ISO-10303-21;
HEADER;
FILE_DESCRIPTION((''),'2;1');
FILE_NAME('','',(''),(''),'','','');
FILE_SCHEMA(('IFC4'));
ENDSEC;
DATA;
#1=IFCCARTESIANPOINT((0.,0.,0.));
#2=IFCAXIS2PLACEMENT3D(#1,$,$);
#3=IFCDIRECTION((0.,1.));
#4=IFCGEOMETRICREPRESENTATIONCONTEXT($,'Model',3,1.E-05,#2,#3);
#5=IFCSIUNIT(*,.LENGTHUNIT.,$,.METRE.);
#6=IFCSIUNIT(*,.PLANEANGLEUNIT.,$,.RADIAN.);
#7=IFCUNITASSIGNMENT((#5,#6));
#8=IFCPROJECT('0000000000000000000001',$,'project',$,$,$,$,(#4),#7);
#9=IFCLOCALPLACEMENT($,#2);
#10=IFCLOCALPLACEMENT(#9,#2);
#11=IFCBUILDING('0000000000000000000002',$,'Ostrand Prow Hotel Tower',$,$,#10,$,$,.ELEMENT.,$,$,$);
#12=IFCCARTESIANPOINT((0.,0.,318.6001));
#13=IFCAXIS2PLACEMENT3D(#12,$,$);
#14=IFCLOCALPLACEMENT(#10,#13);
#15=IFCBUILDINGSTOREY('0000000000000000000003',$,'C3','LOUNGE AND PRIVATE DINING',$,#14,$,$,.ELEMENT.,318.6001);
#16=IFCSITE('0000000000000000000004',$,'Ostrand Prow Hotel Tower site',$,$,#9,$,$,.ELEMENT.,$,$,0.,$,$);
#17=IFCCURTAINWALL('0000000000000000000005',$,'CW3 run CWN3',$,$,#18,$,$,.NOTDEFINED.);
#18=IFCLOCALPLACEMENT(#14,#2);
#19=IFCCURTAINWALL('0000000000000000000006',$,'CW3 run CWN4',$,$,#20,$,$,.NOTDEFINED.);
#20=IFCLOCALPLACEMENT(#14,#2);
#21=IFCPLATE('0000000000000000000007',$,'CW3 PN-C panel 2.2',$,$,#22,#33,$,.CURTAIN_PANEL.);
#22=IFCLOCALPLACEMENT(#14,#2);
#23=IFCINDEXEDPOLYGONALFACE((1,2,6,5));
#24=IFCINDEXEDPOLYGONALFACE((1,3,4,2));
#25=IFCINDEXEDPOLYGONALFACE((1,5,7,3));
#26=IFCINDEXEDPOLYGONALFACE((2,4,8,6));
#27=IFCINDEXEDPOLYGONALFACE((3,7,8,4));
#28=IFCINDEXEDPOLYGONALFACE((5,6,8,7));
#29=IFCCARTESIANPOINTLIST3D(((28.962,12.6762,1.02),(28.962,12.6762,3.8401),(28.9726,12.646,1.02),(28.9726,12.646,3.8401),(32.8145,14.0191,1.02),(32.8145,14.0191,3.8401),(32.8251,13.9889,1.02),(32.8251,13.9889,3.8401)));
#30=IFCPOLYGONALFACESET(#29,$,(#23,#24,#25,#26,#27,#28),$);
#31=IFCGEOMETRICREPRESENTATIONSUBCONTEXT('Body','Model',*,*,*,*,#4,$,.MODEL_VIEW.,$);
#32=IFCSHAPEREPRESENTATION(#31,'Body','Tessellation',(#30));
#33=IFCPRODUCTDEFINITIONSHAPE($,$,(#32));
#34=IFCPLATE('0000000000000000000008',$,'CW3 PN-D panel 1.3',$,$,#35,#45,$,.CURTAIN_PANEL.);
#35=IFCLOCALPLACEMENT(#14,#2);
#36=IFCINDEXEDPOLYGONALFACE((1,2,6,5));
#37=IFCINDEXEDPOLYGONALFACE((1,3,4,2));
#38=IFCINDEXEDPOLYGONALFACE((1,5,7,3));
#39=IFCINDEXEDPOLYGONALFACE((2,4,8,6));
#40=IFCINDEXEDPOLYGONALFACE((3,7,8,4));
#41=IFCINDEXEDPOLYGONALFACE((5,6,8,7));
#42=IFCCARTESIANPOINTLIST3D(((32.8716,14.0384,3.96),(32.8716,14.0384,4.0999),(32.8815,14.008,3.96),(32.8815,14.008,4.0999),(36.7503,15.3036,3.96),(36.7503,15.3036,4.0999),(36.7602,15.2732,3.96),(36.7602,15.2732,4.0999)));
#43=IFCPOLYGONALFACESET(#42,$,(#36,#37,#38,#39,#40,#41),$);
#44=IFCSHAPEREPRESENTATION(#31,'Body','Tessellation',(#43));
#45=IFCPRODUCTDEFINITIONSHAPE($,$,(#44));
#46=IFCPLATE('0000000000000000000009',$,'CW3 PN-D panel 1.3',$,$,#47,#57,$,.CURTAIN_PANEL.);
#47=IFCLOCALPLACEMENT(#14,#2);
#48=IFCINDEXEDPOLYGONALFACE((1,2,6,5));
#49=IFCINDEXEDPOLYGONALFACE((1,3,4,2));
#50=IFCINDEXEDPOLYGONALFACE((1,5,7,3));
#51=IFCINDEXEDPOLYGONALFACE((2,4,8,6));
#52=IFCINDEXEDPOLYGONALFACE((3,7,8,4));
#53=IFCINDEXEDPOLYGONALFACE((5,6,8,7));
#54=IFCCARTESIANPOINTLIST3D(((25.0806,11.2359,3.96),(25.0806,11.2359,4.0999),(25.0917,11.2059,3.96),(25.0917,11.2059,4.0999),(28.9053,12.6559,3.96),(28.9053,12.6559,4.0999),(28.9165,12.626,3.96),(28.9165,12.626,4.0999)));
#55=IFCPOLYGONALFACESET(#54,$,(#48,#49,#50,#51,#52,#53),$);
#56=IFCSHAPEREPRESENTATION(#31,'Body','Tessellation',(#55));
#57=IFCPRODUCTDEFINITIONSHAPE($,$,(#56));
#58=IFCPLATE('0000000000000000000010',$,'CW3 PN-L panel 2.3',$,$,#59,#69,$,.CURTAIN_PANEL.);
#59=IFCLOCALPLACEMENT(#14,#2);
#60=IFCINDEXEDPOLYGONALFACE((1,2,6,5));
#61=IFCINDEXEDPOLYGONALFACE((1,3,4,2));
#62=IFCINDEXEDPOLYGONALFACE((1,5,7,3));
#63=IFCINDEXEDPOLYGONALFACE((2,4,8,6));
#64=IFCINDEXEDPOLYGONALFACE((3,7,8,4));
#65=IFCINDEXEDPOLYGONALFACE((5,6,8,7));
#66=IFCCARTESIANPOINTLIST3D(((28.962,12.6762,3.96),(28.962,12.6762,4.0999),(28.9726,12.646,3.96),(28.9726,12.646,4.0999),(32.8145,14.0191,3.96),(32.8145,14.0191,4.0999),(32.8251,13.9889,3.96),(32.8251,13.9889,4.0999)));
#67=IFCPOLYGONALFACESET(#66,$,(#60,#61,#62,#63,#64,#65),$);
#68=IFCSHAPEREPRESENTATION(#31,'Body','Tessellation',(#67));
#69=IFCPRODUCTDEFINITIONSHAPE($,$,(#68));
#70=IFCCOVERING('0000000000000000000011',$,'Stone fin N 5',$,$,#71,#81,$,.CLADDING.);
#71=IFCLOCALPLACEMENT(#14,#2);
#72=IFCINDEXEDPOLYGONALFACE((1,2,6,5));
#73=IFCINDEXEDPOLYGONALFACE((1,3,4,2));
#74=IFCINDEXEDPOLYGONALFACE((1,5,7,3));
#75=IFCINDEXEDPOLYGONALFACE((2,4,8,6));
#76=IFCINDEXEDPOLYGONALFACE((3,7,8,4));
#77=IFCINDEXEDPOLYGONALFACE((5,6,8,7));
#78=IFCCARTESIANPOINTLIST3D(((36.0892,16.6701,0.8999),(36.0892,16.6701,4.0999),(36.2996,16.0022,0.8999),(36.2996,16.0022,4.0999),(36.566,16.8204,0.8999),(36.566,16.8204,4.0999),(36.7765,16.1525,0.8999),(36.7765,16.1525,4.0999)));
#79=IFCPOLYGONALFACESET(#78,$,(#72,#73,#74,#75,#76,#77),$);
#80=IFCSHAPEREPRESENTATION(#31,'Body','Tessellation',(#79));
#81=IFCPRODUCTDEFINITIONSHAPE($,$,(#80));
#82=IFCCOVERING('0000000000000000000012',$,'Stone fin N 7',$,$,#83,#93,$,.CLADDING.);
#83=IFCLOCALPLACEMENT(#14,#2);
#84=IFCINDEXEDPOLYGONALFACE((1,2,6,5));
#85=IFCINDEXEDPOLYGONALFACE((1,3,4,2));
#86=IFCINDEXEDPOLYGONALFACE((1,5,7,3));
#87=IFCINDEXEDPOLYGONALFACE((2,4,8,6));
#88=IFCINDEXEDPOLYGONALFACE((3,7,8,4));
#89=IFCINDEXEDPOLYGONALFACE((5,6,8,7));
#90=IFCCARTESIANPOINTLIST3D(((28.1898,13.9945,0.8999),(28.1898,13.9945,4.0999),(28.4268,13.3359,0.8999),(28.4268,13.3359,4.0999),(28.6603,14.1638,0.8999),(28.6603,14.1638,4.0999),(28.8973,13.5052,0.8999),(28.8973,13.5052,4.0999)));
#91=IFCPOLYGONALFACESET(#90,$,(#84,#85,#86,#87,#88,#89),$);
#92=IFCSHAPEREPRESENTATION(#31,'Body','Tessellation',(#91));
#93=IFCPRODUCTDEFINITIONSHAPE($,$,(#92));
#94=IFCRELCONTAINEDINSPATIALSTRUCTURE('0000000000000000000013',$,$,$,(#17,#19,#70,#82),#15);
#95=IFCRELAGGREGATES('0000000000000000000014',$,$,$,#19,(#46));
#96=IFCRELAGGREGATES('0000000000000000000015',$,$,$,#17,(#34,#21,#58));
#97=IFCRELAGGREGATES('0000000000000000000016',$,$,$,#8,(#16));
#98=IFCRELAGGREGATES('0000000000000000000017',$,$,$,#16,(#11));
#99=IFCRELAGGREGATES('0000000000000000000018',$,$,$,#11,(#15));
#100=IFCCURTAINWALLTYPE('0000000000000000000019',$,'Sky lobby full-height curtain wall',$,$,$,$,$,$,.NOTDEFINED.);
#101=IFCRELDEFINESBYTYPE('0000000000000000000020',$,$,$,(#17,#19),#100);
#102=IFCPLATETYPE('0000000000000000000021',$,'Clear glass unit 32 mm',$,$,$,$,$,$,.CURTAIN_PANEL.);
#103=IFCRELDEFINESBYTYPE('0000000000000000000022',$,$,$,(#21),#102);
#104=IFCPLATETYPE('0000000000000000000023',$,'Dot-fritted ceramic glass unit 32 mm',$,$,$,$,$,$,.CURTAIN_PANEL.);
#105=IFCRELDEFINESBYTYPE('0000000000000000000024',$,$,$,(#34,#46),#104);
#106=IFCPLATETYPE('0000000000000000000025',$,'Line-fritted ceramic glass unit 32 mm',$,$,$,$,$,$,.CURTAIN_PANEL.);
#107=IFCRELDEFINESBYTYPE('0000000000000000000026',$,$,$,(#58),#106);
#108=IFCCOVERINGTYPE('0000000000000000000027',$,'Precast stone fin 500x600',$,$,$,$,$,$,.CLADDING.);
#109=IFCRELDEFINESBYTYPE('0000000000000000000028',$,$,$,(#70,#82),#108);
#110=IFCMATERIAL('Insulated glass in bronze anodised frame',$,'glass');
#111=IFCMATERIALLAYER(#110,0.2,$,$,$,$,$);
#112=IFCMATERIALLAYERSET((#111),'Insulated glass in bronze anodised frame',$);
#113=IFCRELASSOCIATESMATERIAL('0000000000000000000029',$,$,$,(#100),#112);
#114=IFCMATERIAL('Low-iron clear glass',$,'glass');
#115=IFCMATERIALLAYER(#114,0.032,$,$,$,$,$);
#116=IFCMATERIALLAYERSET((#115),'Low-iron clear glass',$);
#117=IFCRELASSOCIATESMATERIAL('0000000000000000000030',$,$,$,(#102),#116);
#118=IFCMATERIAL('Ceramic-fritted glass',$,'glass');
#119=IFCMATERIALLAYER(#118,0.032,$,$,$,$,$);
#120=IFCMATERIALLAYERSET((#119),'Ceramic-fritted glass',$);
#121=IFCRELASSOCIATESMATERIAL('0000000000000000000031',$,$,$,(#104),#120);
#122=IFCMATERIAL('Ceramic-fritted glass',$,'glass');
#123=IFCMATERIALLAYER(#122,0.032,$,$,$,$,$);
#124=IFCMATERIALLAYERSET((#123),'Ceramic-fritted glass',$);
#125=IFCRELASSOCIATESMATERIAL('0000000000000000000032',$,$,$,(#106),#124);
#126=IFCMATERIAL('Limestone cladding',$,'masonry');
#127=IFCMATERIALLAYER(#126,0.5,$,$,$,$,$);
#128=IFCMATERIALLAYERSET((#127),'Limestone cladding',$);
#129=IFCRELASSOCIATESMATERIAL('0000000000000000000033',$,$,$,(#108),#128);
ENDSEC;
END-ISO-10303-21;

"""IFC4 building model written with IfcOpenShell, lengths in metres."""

from ifc_helpers import new_model, si_unit, direction, frame, frame_2d, origin, origin_2d, place, context, subcontext, project, spatial, rectangle, extrude, material, layer, layer_set, type_object, element, aggregate, save


model = new_model("IFC4")

# Units and contexts
model_context = context("Model", 3, precision=1e-05, world=origin(), true_north=direction((0.0, 1.0)))
body_context = subcontext(model_context, "Body", "Model", "MODEL_VIEW")
ifc_project = project(units=[si_unit("LENGTHUNIT", "METRE"), si_unit("PLANEANGLEUNIT", "RADIAN")], contexts=[model_context])

# Site, building, storey
site_placement = place(None, origin())
site = spatial("IfcSite", under=ifc_project, at=site_placement, Name="Ostrand Prow Hotel Tower site", CompositionType="ELEMENT", RefElevation=0.0)
building_placement = place(site_placement, origin())
building = spatial("IfcBuilding", under=site, at=building_placement, Name="Ostrand Prow Hotel Tower", CompositionType="ELEMENT")
storey_placement = place(building_placement, frame((0.0, 0.0, 318.6001)))
storey = spatial("IfcBuildingStorey", under=building, at=storey_placement, Name="C3", Description="LOUNGE AND PRIVATE DINING", CompositionType="ELEMENT", Elevation=318.6001)

# Shared definitions
ifc_material_1 = material(Name="Insulated glass in bronze anodised frame", Category="glass")
ifc_layer_1 = layer(ifc_material_1, 0.2)
ifc_layer_set_1 = layer_set([ifc_layer_1], Name="Insulated glass in bronze anodised frame")
curtain_wall_type = type_object("IfcCurtainWallType", Name="Sky lobby full-height curtain wall", PredefinedType="NOTDEFINED", material=ifc_layer_set_1)

# Curtain walls
curtain_wall_1_placement = place(storey_placement, origin())
curtain_wall_1 = element("IfcCurtainWall", 1, at=curtain_wall_1_placement, inside=storey, type_object=curtain_wall_type, Name="CW3 run CWN3", PredefinedType="NOTDEFINED")
curtain_wall_2_placement = place(storey_placement, origin())
curtain_wall_2 = element("IfcCurtainWall", 2, at=curtain_wall_2_placement, inside=storey, type_object=curtain_wall_type, Name="CW3 run CWN4", PredefinedType="NOTDEFINED")

# Plates
ifc_material_2 = material(Name="Low-iron clear glass", Category="glass")
ifc_layer_2 = layer(ifc_material_2, 0.032)
ifc_layer_set_2 = layer_set([ifc_layer_2], Name="Low-iron clear glass")
plate_type_1 = type_object("IfcPlateType", Name="Clear glass unit 32 mm", PredefinedType="CURTAIN_PANEL", material=ifc_layer_set_2)
plate_1_placement = place(storey_placement, frame((30.8936, 13.3325, 1.02), z_axis=(0.0, 0.0, 1.0), x_axis=(-0.944275, -0.329158, 0.0)))
plate_1 = element("IfcPlate", 3, at=plate_1_placement, type_object=plate_type_1, Name="CW3 PN-C panel 2.2", PredefinedType="CURTAIN_PANEL", context=body_context, shape_type="SweptSolid", body=[
    extrude(rectangle(XDim=4.0798, YDim=0.032, at=origin_2d()), origin(), (0.0, 0.0, 1.0), 2.8201),
])
ifc_material_3 = material(Name="Ceramic-fritted glass", Category="glass")
ifc_layer_3 = layer(ifc_material_3, 0.032)
ifc_layer_set_3 = layer_set([ifc_layer_3], Name="Ceramic-fritted glass")
plate_type_2 = type_object("IfcPlateType", Name="Dot-fritted ceramic glass unit 32 mm", PredefinedType="CURTAIN_PANEL", material=ifc_layer_set_3)
plate_2_placement = place(storey_placement, frame((34.8159, 14.6558, 3.96), z_axis=(0.0, 0.0, 1.0), x_axis=(-0.9507, -0.310111, 0.0)))
plate_2 = element("IfcPlate", 4, at=plate_2_placement, type_object=plate_type_2, Name="CW3 PN-D panel 1.3", PredefinedType="CURTAIN_PANEL", context=body_context, shape_type="SweptSolid", body=[
    extrude(rectangle(XDim=4.0798, YDim=0.032, at=origin_2d()), origin(), (0.0, 0.0, 1.0), 0.1399),
])
plate_3_placement = place(storey_placement, frame((26.9985, 11.9309, 3.96), z_axis=(0.0, 0.0, 1.0), x_axis=(-0.937468, -0.348071, 0.0)))
plate_3 = element("IfcPlate", 5, at=plate_3_placement, type_object=plate_type_2, Name="CW3 PN-D panel 1.3", PredefinedType="CURTAIN_PANEL", context=body_context, shape_type="SweptSolid", body=[
    extrude(rectangle(XDim=4.0798, YDim=0.032, at=origin_2d()), origin(), (0.0, 0.0, 1.0), 0.1399),
])
aggregate(curtain_wall_2, [plate_3])
ifc_material_4 = material(Name="Ceramic-fritted glass", Category="glass")
ifc_layer_4 = layer(ifc_material_4, 0.032)
ifc_layer_set_4 = layer_set([ifc_layer_4], Name="Ceramic-fritted glass")
plate_type_3 = type_object("IfcPlateType", Name="Line-fritted ceramic glass unit 32 mm", PredefinedType="CURTAIN_PANEL", material=ifc_layer_set_4)
plate_4_placement = place(storey_placement, frame((30.8936, 13.3325, 3.96), z_axis=(0.0, 0.0, 1.0), x_axis=(-0.944275, -0.329158, 0.0)))
plate_4 = element("IfcPlate", 6, at=plate_4_placement, type_object=plate_type_3, Name="CW3 PN-L panel 2.3", PredefinedType="CURTAIN_PANEL", context=body_context, shape_type="SweptSolid", body=[
    extrude(rectangle(XDim=4.0798, YDim=0.032, at=origin_2d()), origin(), (0.0, 0.0, 1.0), 0.1399),
])
aggregate(curtain_wall_1, [plate_2, plate_1, plate_4])

# Coverings
ifc_material_5 = material(Name="Limestone cladding", Category="masonry")
ifc_layer_5 = layer(ifc_material_5, 0.5)
ifc_layer_set_5 = layer_set([ifc_layer_5], Name="Limestone cladding")
covering_type = type_object("IfcCoveringType", Name="Precast stone fin 500x600", PredefinedType="CLADDING", material=ifc_layer_set_5)
covering_1_placement = place(storey_placement, frame((36.5381, 16.0774, 0.8999), z_axis=(0.0, 0.0, 1.0), x_axis=(-0.300597, 0.953751, 0.0)))
element("IfcCovering", 7, at=covering_1_placement, inside=storey, type_object=covering_type, Name="Stone fin N 5", PredefinedType="CLADDING", context=body_context, shape_type="SweptSolid", body=[
    extrude(rectangle(XDim=0.7002, YDim=0.5, at=frame_2d((0.3501, 0.0))), origin(), (0.0, 0.0, 1.0), 3.2),
])
covering_2_placement = place(storey_placement, frame((28.6621, 13.4204, 0.8999), z_axis=(0.0, 0.0, 1.0), x_axis=(-0.338633, 0.940919, 0.0)))
element("IfcCovering", 8, at=covering_2_placement, inside=storey, type_object=covering_type, Name="Stone fin N 7", PredefinedType="CLADDING", context=body_context, shape_type="SweptSolid", body=[
    extrude(rectangle(XDim=0.7, YDim=0.5, at=frame_2d((0.3501, 0.0))), origin(), (0.0, 0.0, 1.0), 3.2),
])

save(model, "model.ifc")
